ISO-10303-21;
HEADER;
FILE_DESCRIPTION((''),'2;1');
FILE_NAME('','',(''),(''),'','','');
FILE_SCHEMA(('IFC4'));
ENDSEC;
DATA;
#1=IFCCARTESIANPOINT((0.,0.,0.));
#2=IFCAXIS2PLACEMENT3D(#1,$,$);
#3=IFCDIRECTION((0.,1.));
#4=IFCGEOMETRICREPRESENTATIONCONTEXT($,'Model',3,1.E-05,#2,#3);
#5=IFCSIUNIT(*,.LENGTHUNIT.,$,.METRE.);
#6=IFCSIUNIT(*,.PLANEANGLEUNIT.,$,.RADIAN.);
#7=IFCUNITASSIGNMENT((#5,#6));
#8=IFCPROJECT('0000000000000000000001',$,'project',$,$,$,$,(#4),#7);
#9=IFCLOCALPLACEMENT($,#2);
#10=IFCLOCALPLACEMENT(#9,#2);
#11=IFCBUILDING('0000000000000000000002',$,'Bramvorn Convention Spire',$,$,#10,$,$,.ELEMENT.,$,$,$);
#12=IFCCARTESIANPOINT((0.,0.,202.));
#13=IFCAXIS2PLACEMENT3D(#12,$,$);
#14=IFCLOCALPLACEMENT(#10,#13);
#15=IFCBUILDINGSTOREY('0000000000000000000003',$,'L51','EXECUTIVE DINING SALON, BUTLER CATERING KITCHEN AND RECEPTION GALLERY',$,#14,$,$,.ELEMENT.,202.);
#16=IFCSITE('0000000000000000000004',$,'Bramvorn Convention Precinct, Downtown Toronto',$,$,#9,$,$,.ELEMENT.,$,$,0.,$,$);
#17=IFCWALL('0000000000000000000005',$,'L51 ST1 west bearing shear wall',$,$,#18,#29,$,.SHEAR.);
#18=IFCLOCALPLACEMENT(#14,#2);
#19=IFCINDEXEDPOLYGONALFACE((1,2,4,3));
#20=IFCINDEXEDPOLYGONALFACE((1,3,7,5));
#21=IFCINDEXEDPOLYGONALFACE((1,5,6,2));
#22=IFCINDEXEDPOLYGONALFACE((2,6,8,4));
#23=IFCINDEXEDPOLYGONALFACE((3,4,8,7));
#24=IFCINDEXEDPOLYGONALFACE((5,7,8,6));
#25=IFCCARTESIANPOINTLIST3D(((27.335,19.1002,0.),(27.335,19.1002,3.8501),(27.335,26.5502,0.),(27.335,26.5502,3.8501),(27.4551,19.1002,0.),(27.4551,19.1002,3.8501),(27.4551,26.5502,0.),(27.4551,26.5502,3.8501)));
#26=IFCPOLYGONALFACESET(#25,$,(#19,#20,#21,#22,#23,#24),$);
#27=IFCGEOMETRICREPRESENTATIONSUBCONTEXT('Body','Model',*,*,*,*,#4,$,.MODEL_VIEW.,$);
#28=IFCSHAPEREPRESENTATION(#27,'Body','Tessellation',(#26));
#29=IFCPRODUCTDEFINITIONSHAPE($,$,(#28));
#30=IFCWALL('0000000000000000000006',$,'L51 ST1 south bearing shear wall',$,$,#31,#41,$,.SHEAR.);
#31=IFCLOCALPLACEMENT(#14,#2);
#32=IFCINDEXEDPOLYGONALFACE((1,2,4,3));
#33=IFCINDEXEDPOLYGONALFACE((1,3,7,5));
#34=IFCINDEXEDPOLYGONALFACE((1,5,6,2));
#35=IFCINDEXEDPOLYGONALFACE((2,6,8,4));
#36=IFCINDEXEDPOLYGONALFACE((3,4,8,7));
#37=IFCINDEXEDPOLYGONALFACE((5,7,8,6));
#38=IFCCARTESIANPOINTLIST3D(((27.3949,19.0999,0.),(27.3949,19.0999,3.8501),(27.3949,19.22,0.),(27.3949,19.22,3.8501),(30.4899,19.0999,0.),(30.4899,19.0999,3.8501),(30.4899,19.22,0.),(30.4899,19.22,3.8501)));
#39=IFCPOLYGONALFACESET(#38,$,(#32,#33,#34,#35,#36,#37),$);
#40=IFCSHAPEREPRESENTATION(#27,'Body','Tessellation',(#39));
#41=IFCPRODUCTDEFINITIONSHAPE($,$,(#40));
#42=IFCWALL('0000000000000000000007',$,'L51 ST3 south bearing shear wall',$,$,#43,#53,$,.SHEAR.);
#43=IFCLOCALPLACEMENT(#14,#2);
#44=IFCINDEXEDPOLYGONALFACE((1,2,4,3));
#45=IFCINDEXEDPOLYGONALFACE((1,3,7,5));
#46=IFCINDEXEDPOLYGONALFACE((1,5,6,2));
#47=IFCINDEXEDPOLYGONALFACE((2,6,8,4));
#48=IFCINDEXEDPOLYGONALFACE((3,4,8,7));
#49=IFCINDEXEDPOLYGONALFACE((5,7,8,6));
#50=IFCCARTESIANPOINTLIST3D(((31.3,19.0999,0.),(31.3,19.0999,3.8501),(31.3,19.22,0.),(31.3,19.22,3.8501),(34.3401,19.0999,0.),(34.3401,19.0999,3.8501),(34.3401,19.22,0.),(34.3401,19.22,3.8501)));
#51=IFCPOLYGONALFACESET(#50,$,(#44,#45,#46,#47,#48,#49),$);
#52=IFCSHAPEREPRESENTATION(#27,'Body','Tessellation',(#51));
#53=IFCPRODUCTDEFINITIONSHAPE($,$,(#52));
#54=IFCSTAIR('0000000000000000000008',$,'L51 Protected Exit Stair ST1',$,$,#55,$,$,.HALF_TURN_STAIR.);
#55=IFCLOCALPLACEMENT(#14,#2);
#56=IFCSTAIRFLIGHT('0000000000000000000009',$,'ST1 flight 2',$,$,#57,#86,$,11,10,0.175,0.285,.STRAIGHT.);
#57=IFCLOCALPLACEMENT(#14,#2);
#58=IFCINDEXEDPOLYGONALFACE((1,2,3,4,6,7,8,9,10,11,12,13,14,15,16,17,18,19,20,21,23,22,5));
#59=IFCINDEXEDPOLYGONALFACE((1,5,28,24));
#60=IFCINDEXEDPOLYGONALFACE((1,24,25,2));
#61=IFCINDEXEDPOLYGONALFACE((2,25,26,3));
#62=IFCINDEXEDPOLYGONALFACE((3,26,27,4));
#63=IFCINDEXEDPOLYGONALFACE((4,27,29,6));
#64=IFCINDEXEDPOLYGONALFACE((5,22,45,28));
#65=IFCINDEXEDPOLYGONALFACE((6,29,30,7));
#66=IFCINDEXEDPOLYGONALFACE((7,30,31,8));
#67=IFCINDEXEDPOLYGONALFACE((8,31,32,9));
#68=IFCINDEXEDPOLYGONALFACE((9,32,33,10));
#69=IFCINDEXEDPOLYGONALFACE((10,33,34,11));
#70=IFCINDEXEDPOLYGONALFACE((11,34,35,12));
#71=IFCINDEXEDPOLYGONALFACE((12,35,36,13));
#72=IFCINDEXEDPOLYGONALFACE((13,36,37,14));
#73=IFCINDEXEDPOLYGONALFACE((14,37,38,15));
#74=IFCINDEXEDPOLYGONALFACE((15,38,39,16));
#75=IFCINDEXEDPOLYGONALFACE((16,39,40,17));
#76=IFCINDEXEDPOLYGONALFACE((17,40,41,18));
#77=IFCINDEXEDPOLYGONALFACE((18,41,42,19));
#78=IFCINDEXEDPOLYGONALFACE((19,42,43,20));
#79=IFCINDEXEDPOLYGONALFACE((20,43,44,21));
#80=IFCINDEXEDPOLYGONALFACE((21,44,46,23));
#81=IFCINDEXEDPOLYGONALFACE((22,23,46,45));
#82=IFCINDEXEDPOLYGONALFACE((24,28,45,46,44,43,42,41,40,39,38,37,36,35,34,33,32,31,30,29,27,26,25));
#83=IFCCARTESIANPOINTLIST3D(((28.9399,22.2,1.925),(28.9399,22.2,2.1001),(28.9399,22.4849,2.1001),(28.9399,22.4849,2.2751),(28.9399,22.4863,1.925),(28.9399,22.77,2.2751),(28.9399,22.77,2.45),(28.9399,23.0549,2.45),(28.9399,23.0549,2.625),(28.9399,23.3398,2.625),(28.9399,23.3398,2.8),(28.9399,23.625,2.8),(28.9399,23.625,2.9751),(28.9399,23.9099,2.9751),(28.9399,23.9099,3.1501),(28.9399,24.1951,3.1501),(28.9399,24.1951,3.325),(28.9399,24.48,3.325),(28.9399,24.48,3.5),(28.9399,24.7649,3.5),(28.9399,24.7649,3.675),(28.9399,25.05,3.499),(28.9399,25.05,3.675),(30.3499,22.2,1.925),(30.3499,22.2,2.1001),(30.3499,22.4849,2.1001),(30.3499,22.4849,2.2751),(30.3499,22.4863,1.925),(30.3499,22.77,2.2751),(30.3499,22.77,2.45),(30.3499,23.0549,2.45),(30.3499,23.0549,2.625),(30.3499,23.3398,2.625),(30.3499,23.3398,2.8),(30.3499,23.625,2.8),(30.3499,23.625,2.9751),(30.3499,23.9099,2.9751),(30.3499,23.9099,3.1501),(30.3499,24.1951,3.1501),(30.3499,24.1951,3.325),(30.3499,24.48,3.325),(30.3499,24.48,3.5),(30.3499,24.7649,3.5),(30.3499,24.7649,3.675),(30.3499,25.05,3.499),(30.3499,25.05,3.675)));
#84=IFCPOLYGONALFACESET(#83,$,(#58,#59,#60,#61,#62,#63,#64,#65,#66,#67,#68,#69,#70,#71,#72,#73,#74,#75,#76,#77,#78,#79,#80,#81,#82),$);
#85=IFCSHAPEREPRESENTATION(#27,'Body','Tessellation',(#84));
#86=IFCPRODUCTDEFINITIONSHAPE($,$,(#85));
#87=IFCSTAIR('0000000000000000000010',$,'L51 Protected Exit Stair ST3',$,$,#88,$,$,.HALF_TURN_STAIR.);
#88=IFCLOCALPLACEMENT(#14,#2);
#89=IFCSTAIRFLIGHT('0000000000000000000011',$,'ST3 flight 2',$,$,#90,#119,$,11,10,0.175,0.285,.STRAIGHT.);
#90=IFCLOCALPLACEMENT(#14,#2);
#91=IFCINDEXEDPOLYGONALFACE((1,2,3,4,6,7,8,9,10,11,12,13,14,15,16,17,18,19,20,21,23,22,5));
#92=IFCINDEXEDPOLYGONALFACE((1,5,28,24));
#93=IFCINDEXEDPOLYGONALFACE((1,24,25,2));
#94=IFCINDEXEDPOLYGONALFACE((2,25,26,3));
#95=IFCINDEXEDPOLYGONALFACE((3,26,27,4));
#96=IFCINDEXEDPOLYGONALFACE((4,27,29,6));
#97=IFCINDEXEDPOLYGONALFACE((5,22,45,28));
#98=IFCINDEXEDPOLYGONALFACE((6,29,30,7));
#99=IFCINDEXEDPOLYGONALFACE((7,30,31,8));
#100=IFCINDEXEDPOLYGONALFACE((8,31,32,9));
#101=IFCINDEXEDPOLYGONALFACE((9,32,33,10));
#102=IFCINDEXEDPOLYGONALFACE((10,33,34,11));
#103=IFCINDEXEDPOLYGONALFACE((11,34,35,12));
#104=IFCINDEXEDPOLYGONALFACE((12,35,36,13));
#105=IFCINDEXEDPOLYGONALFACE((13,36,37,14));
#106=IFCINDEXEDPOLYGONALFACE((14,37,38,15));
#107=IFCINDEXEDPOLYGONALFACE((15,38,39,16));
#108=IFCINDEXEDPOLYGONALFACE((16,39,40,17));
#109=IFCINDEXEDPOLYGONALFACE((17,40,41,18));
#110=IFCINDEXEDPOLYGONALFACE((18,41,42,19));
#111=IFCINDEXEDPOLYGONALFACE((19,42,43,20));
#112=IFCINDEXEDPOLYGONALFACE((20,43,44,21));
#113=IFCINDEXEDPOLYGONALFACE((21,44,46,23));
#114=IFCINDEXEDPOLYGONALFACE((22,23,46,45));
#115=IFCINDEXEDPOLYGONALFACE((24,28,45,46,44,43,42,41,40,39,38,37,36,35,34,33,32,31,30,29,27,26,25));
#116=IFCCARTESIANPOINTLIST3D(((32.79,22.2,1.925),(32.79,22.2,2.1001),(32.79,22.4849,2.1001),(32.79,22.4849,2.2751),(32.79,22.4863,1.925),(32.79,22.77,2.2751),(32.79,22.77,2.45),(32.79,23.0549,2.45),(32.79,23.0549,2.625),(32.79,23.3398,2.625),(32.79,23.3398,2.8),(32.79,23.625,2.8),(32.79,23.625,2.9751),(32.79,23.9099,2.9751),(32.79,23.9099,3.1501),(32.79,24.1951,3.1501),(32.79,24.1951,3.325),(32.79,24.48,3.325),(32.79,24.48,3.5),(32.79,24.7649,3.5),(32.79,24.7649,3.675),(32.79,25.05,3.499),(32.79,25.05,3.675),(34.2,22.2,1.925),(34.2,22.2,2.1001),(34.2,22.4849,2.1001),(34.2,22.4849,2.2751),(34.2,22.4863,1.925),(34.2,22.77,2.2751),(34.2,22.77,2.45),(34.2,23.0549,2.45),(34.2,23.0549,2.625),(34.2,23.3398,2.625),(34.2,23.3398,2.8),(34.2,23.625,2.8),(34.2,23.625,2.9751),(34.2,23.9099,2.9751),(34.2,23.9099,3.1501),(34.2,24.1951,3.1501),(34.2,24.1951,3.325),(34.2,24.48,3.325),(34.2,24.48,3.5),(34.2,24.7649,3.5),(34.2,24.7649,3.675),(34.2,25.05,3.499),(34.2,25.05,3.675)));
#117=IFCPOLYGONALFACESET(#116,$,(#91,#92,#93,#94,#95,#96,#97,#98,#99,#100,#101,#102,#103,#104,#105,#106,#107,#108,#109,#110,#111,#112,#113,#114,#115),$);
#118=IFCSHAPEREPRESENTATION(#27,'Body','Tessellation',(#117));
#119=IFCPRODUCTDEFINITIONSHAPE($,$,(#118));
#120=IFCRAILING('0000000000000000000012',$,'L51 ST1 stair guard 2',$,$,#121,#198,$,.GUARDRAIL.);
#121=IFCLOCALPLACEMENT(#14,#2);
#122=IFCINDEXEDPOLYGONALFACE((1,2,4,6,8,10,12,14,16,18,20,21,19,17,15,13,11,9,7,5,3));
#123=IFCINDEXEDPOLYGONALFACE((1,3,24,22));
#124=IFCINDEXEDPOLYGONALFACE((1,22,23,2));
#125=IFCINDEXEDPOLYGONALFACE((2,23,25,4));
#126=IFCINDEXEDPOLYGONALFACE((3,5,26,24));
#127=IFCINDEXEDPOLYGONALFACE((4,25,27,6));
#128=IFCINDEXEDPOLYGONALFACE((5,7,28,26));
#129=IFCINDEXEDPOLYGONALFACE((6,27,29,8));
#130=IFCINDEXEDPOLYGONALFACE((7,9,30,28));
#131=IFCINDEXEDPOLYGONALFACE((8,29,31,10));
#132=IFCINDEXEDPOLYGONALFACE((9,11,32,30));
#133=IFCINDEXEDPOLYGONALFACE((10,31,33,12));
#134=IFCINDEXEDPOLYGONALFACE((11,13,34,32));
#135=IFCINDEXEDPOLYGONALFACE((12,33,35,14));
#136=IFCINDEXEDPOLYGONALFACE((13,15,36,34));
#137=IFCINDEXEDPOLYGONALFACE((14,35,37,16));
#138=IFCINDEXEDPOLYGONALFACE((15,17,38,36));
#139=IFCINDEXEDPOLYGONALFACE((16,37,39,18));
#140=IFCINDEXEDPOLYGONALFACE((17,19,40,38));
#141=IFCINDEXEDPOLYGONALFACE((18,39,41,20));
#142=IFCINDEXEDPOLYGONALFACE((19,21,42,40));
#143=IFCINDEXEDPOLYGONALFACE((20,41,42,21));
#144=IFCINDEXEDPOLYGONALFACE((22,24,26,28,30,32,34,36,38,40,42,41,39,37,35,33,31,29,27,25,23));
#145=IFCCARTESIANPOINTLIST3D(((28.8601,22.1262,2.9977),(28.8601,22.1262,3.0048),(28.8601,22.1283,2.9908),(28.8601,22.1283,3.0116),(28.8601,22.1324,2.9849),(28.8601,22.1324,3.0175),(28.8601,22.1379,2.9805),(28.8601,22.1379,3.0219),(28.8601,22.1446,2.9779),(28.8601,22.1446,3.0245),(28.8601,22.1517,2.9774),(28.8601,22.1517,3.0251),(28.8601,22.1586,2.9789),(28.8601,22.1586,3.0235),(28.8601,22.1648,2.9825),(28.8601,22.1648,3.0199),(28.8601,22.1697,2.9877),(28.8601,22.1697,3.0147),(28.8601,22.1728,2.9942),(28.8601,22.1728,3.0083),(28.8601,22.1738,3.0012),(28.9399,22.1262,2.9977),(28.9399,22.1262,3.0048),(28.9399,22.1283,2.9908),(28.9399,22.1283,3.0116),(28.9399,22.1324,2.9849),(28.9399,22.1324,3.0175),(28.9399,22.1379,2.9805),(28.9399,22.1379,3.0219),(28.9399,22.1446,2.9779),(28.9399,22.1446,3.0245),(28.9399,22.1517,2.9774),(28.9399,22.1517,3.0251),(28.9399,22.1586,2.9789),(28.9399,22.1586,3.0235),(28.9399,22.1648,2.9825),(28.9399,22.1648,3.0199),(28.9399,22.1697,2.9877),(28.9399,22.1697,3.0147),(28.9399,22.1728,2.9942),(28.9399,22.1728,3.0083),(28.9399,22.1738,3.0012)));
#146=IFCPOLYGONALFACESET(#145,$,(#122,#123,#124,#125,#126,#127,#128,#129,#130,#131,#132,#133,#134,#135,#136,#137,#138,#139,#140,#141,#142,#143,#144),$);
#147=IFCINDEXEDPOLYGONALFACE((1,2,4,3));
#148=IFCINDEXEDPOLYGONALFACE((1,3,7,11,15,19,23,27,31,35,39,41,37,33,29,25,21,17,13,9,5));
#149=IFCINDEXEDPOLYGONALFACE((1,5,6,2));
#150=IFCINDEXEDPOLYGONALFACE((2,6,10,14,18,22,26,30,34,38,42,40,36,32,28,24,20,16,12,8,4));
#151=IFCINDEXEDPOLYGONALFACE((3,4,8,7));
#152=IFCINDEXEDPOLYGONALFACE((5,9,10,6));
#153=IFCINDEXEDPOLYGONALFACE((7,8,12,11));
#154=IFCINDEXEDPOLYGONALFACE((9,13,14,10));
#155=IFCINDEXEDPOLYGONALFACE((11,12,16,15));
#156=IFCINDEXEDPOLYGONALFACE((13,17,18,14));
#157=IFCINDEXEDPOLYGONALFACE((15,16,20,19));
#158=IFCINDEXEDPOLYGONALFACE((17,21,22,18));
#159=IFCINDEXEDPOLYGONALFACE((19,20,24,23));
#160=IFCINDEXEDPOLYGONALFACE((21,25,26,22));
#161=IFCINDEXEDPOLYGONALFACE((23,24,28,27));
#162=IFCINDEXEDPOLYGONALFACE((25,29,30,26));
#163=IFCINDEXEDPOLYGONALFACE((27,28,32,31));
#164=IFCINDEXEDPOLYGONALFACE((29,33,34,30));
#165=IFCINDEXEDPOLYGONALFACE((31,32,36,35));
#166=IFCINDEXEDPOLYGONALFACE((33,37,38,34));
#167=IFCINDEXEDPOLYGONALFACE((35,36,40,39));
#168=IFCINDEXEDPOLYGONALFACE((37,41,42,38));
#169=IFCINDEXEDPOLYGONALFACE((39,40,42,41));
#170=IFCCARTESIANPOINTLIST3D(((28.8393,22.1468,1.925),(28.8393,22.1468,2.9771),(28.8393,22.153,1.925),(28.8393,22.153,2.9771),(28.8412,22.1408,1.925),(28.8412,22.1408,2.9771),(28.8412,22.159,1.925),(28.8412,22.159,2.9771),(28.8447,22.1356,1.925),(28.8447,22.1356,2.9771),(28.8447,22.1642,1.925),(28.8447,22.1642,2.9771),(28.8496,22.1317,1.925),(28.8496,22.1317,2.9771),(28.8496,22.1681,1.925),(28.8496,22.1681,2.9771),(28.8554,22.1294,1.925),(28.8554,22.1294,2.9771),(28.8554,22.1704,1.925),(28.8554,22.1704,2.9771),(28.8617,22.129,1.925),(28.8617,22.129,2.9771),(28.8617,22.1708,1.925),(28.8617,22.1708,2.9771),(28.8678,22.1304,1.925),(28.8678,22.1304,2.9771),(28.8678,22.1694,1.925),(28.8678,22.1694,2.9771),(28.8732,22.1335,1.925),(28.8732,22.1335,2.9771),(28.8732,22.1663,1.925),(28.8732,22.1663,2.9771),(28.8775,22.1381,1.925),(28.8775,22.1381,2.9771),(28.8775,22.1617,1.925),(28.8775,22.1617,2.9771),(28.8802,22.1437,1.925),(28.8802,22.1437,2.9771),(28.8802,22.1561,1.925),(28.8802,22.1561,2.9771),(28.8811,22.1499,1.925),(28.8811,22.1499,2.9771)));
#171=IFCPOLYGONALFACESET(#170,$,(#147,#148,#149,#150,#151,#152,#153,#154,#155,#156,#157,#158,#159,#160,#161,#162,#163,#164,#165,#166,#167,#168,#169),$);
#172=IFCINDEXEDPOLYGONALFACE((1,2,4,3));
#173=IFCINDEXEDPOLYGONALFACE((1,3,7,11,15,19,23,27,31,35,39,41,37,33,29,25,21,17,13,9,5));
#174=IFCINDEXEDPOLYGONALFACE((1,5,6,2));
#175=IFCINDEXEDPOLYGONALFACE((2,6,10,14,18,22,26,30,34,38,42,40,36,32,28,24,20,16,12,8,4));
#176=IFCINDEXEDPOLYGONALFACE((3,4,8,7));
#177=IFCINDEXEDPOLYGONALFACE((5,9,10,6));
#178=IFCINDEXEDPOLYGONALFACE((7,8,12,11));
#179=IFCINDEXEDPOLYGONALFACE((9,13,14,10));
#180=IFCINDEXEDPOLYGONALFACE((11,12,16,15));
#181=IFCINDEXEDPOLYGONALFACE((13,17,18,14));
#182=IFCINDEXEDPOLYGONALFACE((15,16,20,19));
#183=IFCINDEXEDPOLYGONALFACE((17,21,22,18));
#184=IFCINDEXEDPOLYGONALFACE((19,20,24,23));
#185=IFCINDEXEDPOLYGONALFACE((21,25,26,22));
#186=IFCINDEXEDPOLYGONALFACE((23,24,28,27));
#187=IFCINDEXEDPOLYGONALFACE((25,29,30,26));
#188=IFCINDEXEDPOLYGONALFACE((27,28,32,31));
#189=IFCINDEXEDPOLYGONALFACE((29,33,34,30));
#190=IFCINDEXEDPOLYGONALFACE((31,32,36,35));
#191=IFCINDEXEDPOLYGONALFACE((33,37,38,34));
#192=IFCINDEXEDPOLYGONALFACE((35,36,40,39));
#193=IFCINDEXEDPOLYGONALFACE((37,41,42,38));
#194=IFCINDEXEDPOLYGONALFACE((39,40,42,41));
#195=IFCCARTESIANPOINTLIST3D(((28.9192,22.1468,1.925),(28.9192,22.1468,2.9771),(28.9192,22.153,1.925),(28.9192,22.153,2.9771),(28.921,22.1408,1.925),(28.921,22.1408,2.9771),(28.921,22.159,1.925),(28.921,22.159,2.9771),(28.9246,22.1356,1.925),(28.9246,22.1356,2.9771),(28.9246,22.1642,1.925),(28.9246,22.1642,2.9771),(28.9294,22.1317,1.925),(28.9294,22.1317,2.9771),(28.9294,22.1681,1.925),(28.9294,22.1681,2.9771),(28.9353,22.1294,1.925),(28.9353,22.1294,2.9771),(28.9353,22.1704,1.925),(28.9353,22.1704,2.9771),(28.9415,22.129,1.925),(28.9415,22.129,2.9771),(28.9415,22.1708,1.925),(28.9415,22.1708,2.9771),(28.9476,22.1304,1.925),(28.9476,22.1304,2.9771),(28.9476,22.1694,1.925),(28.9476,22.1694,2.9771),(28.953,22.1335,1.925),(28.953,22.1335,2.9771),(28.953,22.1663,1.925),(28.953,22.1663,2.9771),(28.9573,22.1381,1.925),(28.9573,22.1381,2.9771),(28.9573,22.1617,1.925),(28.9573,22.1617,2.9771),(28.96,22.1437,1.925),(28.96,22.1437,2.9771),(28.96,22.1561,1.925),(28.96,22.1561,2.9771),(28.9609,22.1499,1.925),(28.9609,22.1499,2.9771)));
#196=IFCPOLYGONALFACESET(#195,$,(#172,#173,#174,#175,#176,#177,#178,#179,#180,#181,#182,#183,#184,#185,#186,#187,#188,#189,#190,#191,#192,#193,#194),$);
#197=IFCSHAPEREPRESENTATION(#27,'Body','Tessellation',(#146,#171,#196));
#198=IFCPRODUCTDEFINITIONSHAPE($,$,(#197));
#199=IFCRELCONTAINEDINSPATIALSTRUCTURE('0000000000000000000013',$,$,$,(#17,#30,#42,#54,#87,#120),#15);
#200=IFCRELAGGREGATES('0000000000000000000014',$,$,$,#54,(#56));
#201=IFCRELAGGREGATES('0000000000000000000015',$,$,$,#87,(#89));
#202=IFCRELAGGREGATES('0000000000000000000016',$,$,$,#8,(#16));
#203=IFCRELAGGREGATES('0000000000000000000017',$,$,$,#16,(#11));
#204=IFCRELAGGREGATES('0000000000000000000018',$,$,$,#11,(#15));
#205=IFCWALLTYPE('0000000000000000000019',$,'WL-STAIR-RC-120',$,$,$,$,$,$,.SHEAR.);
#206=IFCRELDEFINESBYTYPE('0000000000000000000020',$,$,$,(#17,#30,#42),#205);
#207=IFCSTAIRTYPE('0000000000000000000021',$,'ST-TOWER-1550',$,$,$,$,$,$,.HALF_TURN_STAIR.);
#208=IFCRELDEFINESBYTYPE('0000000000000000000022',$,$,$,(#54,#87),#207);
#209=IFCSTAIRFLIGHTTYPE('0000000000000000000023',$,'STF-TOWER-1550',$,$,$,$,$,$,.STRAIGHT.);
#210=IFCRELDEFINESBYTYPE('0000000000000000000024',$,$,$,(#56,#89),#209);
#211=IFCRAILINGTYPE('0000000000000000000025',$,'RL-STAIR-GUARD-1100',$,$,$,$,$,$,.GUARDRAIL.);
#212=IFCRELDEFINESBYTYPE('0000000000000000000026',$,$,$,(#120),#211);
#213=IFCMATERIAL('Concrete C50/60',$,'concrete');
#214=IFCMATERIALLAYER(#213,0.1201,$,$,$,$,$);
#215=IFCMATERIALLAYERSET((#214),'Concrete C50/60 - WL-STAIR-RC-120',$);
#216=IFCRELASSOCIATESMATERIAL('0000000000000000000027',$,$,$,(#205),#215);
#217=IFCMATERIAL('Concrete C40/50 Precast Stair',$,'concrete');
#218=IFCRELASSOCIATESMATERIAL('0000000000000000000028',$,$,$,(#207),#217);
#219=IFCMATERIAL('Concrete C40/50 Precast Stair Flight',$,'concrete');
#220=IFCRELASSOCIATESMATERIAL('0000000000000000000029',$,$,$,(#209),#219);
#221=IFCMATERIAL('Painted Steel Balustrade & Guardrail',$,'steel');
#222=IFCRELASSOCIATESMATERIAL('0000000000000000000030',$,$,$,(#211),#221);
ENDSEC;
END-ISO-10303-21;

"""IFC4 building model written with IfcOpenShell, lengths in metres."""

from ifc_helpers import new_model, si_unit, direction, frame, frame_2d, origin, origin_2d, place, context, subcontext, project, spatial, polyline, rectangle, circle, outline, extrude, material, layer, layer_set, type_object, element, aggregate, save


model = new_model("IFC4")

# Units and contexts
model_context = context("Model", 3, precision=1e-05, world=origin(), true_north=direction((0.0, 1.0)))
body_context = subcontext(model_context, "Body", "Model", "MODEL_VIEW")
ifc_project = project(units=[si_unit("LENGTHUNIT", "METRE"), si_unit("PLANEANGLEUNIT", "RADIAN")], contexts=[model_context])

# Site, building, storey
site_placement = place(None, origin())
site = spatial("IfcSite", under=ifc_project, at=site_placement, Name="Bramvorn Convention Precinct, Downtown Toronto", CompositionType="ELEMENT", RefElevation=0.0)
building_placement = place(site_placement, origin())
building = spatial("IfcBuilding", under=site, at=building_placement, Name="Bramvorn Convention Spire", CompositionType="ELEMENT")
storey_placement = place(building_placement, frame((0.0, 0.0, 202.0)))
storey = spatial("IfcBuildingStorey", under=building, at=storey_placement, Name="L51", Description="EXECUTIVE DINING SALON, BUTLER CATERING KITCHEN AND RECEPTION GALLERY", CompositionType="ELEMENT", Elevation=202.0)

# Shared definitions
ifc_material_1 = material(Name="Concrete C50/60", Category="concrete")

# Walls
ifc_layer_1 = layer(ifc_material_1, 0.1201)
ifc_layer_set_1 = layer_set([ifc_layer_1], Name="Concrete C50/60 - WL-STAIR-RC-120")
wall_type_1 = type_object("IfcWallType", Name="WL-STAIR-RC-120", PredefinedType="SHEAR", material=ifc_layer_set_1)
wall_1_placement = place(storey_placement, frame((27.395, 19.1001, 0.0), z_axis=(0.0, 0.0, 1.0), x_axis=(0.0, 1.0, 0.0)))
element("IfcWall", 1, at=wall_1_placement, inside=storey, type_object=wall_type_1, Name="L51 ST1 west bearing shear wall", PredefinedType="SHEAR", context=body_context, shape_type="SweptSolid", body=[
    extrude(rectangle(XDim=7.45, YDim=0.1201, at=frame_2d((3.7251, 0.0))), origin(), (0.0, 0.0, 1.0), 3.8501),
])
wall_2_placement = place(storey_placement, frame((27.395, 19.1599, 0.0), z_axis=(0.0, 0.0, 1.0), x_axis=(1.0, 0.0, 0.0)))
element("IfcWall", 2, at=wall_2_placement, inside=storey, type_object=wall_type_1, Name="L51 ST1 south bearing shear wall", PredefinedType="SHEAR", context=body_context, shape_type="SweptSolid", body=[
    extrude(rectangle(XDim=3.095, YDim=0.1201, at=frame_2d((1.5474, 0.0))), origin(), (0.0, 0.0, 1.0), 3.8501),
])
wall_3_placement = place(storey_placement, frame((31.3, 19.1599, 0.0), z_axis=(0.0, 0.0, 1.0), x_axis=(1.0, 0.0, 0.0)))
element("IfcWall", 3, at=wall_3_placement, inside=storey, type_object=wall_type_1, Name="L51 ST3 south bearing shear wall", PredefinedType="SHEAR", context=body_context, shape_type="SweptSolid", body=[
    extrude(rectangle(XDim=3.04, YDim=0.1201, at=frame_2d((1.52, 0.0))), origin(), (0.0, 0.0, 1.0), 3.8501),
])

# Stairs, stair flights
ifc_material_2 = material(Name="Concrete C40/50 Precast Stair", Category="concrete")
stair_type = type_object("IfcStairType", Name="ST-TOWER-1550", PredefinedType="HALF_TURN_STAIR", material=ifc_material_2)
stair_1_placement = place(storey_placement, origin())
stair_1 = element("IfcStair", 4, at=stair_1_placement, inside=storey, type_object=stair_type, Name="L51 Protected Exit Stair ST1", PredefinedType="HALF_TURN_STAIR")
ifc_material_3 = material(Name="Concrete C40/50 Precast Stair Flight", Category="concrete")
stair_flight_type = type_object("IfcStairFlightType", Name="STF-TOWER-1550", PredefinedType="STRAIGHT", material=ifc_material_3)
stair_flight_1_placement = place(storey_placement, frame((29.645, 22.2, 1.925), z_axis=(0.0, 0.0, 1.0), x_axis=(0.0, 1.0, 0.0)))
stair_flight_1 = element("IfcStairFlight", 5, at=stair_flight_1_placement, type_object=stair_flight_type, Name="ST1 flight 2", NumberOfRisers=11, NumberOfTreads=10, PredefinedType="STRAIGHT", RiserHeight=0.175, TreadLength=0.285, context=body_context, shape_type="SweptSolid", body=[
    extrude(outline(polyline([(0.0, 0.0), (0.0, 0.175), (0.2849, 0.175), (0.2849, 0.3501), (0.5701, 0.3501), (0.5701, 0.5249), (0.855, 0.5249), (0.855, 0.7), (1.1399, 0.7), (1.1399, 0.875), (1.425, 0.875), (1.425, 1.05), (1.71, 1.05), (1.71, 1.2251), (1.9951, 1.2251), (1.9951, 1.3999), (2.28, 1.3999), (2.28, 1.575), (2.5649, 1.575), (2.5649, 1.75), (2.8501, 1.75), (2.8501, 1.925), (2.8501, 1.574), (0.2864, 0.0), (0.0, 0.0)])), frame((0.0, 0.7051, 0.0), z_axis=(0.0, -1.0, 0.0), x_axis=(1.0, 0.0, 0.0)), (0.0, 0.0, 1.0), 1.4099),
])
aggregate(stair_1, [stair_flight_1])
stair_2_placement = place(storey_placement, origin())
stair_2 = element("IfcStair", 6, at=stair_2_placement, inside=storey, type_object=stair_type, Name="L51 Protected Exit Stair ST3", PredefinedType="HALF_TURN_STAIR")
stair_flight_2_placement = place(storey_placement, frame((33.4951, 22.2, 1.925), z_axis=(0.0, 0.0, 1.0), x_axis=(0.0, 1.0, 0.0)))
stair_flight_2 = element("IfcStairFlight", 7, at=stair_flight_2_placement, type_object=stair_flight_type, Name="ST3 flight 2", NumberOfRisers=11, NumberOfTreads=10, PredefinedType="STRAIGHT", RiserHeight=0.175, TreadLength=0.285, context=body_context, shape_type="SweptSolid", body=[
    extrude(outline(polyline([(0.0, 0.0), (0.0, 0.175), (0.2849, 0.175), (0.2849, 0.3501), (0.5701, 0.3501), (0.5701, 0.5249), (0.855, 0.5249), (0.855, 0.7), (1.1399, 0.7), (1.1399, 0.875), (1.425, 0.875), (1.425, 1.05), (1.71, 1.05), (1.71, 1.2251), (1.9951, 1.2251), (1.9951, 1.3999), (2.28, 1.3999), (2.28, 1.575), (2.5649, 1.575), (2.5649, 1.75), (2.8501, 1.75), (2.8501, 1.925), (2.8501, 1.574), (0.2864, 0.0), (0.0, 0.0)])), frame((0.0, 0.7051, 0.0), z_axis=(0.0, -1.0, 0.0), x_axis=(1.0, 0.0, 0.0)), (0.0, 0.0, 1.0), 1.4099),
])
aggregate(stair_2, [stair_flight_2])

# Railing
ifc_material_4 = material(Name="Painted Steel Balustrade & Guardrail", Category="steel")
railing_type_1 = type_object("IfcRailingType", Name="RL-STAIR-GUARD-1100", PredefinedType="GUARDRAIL", material=ifc_material_4)
railing_1_placement = place(storey_placement, frame((28.8601, 22.1499, 1.925)))
element("IfcRailing", 8, at=railing_1_placement, inside=storey, type_object=railing_type_1, Name="L51 ST1 stair guard 2", PredefinedType="GUARDRAIL", context=body_context, shape_type="SweptSolid", body=[
    extrude(circle(Radius=0.0239, at=origin_2d()), frame((0.0, 0.0, 1.0762), z_axis=(1.0, 0.0, 0.0), x_axis=(0.0, 1.0, 0.0)), (0.0, 0.0, 1.0), 0.0798),
    extrude(circle(Radius=0.021, at=origin_2d()), origin(), (0.0, 0.0, 1.0), 1.052),
    extrude(circle(Radius=0.021, at=origin_2d()), frame((0.0798, 0.0, 0.0)), (0.0, 0.0, 1.0), 1.052),
])

save(model, "model.ifc")
